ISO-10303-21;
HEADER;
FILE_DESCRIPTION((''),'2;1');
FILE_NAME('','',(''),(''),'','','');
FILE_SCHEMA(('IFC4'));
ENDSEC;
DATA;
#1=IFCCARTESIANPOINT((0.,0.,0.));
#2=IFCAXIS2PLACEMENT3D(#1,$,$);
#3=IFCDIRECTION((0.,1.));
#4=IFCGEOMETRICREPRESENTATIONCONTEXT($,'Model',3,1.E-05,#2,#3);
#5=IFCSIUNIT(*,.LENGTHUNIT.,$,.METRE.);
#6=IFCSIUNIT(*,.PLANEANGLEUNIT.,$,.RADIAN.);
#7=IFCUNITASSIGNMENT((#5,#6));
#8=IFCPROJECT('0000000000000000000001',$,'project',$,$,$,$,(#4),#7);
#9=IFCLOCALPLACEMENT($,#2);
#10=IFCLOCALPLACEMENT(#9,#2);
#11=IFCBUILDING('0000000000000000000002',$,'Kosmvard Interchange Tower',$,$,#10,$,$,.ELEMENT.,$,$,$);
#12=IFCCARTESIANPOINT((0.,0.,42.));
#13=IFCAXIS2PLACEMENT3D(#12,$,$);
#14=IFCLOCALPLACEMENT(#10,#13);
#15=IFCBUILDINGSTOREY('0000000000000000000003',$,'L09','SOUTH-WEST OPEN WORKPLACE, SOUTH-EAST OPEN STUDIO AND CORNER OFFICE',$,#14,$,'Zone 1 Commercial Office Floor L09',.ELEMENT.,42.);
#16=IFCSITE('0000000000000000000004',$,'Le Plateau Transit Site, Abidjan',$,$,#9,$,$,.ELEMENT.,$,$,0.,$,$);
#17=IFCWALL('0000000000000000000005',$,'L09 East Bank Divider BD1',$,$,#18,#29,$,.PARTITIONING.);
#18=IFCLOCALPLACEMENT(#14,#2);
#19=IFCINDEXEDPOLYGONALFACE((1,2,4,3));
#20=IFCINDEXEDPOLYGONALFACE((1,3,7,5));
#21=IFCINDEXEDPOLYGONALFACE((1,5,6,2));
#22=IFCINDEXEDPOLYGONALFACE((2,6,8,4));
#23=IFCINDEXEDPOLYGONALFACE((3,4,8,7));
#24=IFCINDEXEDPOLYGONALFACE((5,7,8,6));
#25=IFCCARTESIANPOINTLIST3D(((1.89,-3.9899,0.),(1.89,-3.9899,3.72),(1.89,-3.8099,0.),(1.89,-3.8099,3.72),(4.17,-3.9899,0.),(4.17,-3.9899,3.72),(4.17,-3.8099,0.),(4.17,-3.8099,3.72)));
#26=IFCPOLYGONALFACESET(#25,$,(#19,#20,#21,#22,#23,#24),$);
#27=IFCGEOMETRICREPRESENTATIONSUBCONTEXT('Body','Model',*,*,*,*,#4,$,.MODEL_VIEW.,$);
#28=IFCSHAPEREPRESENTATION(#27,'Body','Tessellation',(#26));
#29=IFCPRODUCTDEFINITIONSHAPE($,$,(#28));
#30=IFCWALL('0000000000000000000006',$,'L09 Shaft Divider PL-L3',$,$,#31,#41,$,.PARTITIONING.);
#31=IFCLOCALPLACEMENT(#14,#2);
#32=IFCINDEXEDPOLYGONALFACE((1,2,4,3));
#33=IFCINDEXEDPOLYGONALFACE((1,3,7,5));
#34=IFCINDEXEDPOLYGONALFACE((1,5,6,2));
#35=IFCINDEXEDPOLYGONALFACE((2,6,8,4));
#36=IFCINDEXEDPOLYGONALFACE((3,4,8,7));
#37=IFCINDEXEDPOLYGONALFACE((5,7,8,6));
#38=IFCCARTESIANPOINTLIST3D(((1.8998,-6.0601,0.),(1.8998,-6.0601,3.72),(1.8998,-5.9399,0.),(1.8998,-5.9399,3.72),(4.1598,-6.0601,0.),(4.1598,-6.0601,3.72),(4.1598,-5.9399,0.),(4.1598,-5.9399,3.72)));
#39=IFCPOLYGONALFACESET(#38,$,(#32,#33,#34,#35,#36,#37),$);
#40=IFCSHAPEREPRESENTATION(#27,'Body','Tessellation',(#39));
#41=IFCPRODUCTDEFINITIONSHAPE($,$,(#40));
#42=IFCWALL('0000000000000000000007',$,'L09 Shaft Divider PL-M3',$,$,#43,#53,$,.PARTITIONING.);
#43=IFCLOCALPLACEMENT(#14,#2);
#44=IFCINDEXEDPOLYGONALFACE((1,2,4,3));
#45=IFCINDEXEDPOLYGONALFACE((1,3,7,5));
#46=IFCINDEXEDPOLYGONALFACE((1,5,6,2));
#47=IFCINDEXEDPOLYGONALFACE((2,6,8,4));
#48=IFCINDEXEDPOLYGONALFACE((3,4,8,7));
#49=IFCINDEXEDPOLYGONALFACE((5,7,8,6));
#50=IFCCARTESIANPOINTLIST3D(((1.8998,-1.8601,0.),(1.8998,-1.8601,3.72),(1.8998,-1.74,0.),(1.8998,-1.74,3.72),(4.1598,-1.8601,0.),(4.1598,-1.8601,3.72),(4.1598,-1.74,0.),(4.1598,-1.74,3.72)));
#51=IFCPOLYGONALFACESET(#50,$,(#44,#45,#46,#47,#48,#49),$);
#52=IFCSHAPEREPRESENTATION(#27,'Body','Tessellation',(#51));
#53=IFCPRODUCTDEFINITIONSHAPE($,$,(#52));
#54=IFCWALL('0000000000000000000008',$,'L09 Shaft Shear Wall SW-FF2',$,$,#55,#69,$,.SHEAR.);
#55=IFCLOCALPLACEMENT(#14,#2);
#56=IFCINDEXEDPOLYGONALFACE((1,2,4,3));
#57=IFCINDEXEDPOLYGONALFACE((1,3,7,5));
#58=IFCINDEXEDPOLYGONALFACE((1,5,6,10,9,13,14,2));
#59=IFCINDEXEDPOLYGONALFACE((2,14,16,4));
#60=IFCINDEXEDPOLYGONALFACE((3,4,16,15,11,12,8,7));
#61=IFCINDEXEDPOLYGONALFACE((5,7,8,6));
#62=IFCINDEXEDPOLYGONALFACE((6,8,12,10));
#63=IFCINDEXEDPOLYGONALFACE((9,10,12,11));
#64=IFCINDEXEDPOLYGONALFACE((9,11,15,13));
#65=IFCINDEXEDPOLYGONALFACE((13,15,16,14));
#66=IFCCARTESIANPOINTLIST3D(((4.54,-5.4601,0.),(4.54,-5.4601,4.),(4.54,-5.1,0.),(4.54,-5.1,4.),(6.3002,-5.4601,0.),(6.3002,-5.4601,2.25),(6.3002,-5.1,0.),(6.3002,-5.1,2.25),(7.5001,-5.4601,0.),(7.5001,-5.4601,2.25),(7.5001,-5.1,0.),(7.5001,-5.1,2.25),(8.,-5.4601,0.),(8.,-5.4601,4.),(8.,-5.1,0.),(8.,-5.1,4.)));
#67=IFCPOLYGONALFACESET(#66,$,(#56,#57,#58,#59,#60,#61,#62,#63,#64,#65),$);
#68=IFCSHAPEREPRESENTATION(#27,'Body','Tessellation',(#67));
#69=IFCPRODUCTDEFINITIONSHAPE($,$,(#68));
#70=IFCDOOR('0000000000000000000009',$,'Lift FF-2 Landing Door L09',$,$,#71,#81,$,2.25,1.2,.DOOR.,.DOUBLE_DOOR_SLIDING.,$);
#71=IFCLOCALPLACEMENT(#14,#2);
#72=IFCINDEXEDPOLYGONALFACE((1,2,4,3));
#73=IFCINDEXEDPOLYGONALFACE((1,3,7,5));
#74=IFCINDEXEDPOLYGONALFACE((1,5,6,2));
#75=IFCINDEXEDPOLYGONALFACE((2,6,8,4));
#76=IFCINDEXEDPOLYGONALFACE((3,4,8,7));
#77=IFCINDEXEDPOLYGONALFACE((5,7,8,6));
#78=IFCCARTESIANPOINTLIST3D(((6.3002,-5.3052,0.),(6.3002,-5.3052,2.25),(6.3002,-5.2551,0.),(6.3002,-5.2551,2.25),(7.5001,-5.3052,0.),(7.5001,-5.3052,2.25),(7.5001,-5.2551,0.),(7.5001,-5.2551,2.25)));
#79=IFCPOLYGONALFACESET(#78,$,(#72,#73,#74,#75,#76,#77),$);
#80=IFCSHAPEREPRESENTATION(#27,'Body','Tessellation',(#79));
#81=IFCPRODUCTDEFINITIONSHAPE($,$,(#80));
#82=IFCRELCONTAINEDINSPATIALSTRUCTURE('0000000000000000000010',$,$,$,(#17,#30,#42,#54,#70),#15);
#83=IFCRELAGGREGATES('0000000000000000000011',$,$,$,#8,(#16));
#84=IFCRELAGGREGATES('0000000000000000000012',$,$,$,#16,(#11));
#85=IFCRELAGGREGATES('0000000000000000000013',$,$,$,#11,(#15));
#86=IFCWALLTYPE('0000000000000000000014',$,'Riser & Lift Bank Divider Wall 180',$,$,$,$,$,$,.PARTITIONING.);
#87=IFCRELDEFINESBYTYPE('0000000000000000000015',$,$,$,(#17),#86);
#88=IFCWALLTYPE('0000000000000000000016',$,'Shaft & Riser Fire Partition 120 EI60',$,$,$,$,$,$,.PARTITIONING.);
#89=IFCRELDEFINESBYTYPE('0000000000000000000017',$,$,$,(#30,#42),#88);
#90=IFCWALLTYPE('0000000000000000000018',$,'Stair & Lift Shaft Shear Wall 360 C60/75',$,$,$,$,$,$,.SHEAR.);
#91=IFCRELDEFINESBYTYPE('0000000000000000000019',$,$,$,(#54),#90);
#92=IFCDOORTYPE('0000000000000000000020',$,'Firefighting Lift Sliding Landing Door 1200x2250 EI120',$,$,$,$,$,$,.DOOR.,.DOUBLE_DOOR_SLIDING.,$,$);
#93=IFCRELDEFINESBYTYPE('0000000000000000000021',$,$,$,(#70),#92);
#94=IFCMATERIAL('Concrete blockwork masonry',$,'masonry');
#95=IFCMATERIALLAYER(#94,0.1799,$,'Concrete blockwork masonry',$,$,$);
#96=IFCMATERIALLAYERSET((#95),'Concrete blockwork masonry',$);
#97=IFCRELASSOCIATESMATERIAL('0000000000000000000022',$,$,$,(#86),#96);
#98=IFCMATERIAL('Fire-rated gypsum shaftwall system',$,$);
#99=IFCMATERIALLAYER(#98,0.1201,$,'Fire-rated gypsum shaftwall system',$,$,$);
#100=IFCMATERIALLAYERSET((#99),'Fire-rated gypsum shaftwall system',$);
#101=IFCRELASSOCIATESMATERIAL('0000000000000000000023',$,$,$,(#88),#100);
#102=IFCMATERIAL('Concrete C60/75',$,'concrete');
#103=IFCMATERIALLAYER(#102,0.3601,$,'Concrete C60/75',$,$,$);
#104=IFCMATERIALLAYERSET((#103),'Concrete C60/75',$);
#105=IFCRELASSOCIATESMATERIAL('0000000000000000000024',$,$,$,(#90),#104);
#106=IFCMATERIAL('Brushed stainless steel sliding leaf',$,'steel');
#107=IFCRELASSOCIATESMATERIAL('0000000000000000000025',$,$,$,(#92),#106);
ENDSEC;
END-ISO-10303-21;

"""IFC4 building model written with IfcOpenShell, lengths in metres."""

from ifc_helpers import new_model, si_unit, direction, frame, frame_2d, origin, place, context, subcontext, project, spatial, rectangle, extrude, source, transform, mapped, material, layer, layer_set, type_object, element, fill, save


model = new_model("IFC4")

# Units and contexts
model_context = context("Model", 3, precision=1e-05, world=origin(), true_north=direction((0.0, 1.0)))
body_context = subcontext(model_context, "Body", "Model", "MODEL_VIEW")
ifc_project = project(units=[si_unit("LENGTHUNIT", "METRE"), si_unit("PLANEANGLEUNIT", "RADIAN")], contexts=[model_context])

# Site, building, storey
site_placement = place(None, origin())
site = spatial("IfcSite", under=ifc_project, at=site_placement, Name="Le Plateau Transit Site, Abidjan", CompositionType="ELEMENT", RefElevation=0.0)
building_placement = place(site_placement, origin())
building = spatial("IfcBuilding", under=site, at=building_placement, Name="Kosmvard Interchange Tower", CompositionType="ELEMENT")
storey_placement = place(building_placement, frame((0.0, 0.0, 42.0)))
storey = spatial("IfcBuildingStorey", under=building, at=storey_placement, Name="L09", Description="SOUTH-WEST OPEN WORKPLACE, SOUTH-EAST OPEN STUDIO AND CORNER OFFICE", LongName="Zone 1 Commercial Office Floor L09", CompositionType="ELEMENT", Elevation=42.0)

# Shared definitions
ifc_material_1 = material(Name="Brushed stainless steel sliding leaf", Category="steel")

# Walls
ifc_material_2 = material(Name="Concrete blockwork masonry", Category="masonry")
ifc_layer_1 = layer(ifc_material_2, 0.1799, Name="Concrete blockwork masonry")
ifc_layer_set_1 = layer_set([ifc_layer_1], Name="Concrete blockwork masonry")
wall_type_1 = type_object("IfcWallType", Name="Riser & Lift Bank Divider Wall 180", PredefinedType="PARTITIONING", material=ifc_layer_set_1)
wall_1_placement = place(storey_placement, frame((1.8899, -3.8999, 0.0), z_axis=(0.0, 0.0, 1.0), x_axis=(1.0, 0.0, 0.0)))
element("IfcWall", 1, at=wall_1_placement, inside=storey, type_object=wall_type_1, Name="L09 East Bank Divider BD1", PredefinedType="PARTITIONING", context=body_context, shape_type="SweptSolid", body=[
    extrude(rectangle(XDim=2.28, YDim=0.1799, at=frame_2d((1.1401, 0.0))), origin(), (0.0, 0.0, 1.0), 3.72),
])
ifc_material_3 = material(Name="Fire-rated gypsum shaftwall system")
ifc_layer_2 = layer(ifc_material_3, 0.1201, Name="Fire-rated gypsum shaftwall system")
ifc_layer_set_2 = layer_set([ifc_layer_2], Name="Fire-rated gypsum shaftwall system")
wall_type_2 = type_object("IfcWallType", Name="Shaft & Riser Fire Partition 120 EI60", PredefinedType="PARTITIONING", material=ifc_layer_set_2)
for number, where, z_axis, x_axis, name in (
    (2, (1.8999, -6.0, 0.0), (0.0, 0.0, 1.0), (1.0, 0.0, 0.0), "L09 Shaft Divider PL-L3"),
    (3, (1.8999, -1.8, 0.0), (0.0, 0.0, 1.0), (1.0, 0.0, 0.0), "L09 Shaft Divider PL-M3"),
):
    element("IfcWall", number, at=place(storey_placement, frame(where, z_axis=z_axis, x_axis=x_axis)), inside=storey, type_object=wall_type_2, Name=name, PredefinedType="PARTITIONING", context=body_context, shape_type="SweptSolid", body=[
        extrude(rectangle(XDim=2.26, YDim=0.1201, at=frame_2d((1.1299, 0.0))), origin(), (0.0, 0.0, 1.0), 3.72),
    ])

# Wall, opening, door
ifc_material_4 = material(Name="Concrete C60/75", Category="concrete")
ifc_layer_3 = layer(ifc_material_4, 0.3601, Name="Concrete C60/75")
ifc_layer_set_3 = layer_set([ifc_layer_3], Name="Concrete C60/75")
wall_type_3 = type_object("IfcWallType", Name="Stair & Lift Shaft Shear Wall 360 C60/75", PredefinedType="SHEAR", material=ifc_layer_set_3)
wall_2_placement = place(storey_placement, frame((4.54, -5.28, 0.0), z_axis=(0.0, 0.0, 1.0), x_axis=(1.0, 0.0, 0.0)))
wall_2 = element("IfcWall", 4, at=wall_2_placement, inside=storey, type_object=wall_type_3, Name="L09 Shaft Shear Wall SW-FF2", PredefinedType="SHEAR", context=body_context, shape_type="SweptSolid", body=[
    extrude(rectangle(XDim=3.46, YDim=0.3601, at=frame_2d((1.73, 0.0))), origin(), (0.0, 0.0, 1.0), 4.0),
])
opening_1_placement = place(wall_2_placement, frame((1.76, 0.0, 0.0)))
opening_1 = element("IfcOpeningElement", 5, at=opening_1_placement, cuts=wall_2, PredefinedType="OPENING", context=body_context, shape_type="SweptSolid", body=[
    extrude(rectangle(XDim=1.2, YDim=2.25, at=frame_2d((0.6001, 1.125))), frame((0.0, 0.1899, 0.0), z_axis=(0.0, -1.0, 0.0), x_axis=(1.0, 0.0, 0.0)), (0.0, 0.0, 1.0), 0.3801),
])
door_type_1 = type_object("IfcDoorType", Name="Firefighting Lift Sliding Landing Door 1200x2250 EI120", OperationType="DOUBLE_DOOR_SLIDING", PredefinedType="DOOR", material=ifc_material_1)
shared_shape_1 = source(origin(), body_context, "Body", "SweptSolid", [
    extrude(rectangle(XDim=1.2, YDim=2.25, at=frame_2d((0.6001, 1.125))), frame((0.0, 0.0249, 0.0), z_axis=(0.0, -1.0, 0.0), x_axis=(1.0, 0.0, 0.0)), (0.0, 0.0, 1.0), 0.05),
])
door_1_placement = place(opening_1_placement, origin())
door_1 = element("IfcDoor", 6, at=door_1_placement, inside=storey, type_object=door_type_1, Name="Lift FF-2 Landing Door L09", OperationType="DOUBLE_DOOR_SLIDING", OverallHeight=2.25, OverallWidth=1.2, PredefinedType="DOOR", context=body_context, shape_type="MappedRepresentation", body=[
    mapped(shared_shape_1, transform((0.0, 0.0, 0.0), scale=1.0)),
])
fill(opening_1, door_1)

save(model, "model.ifc")
